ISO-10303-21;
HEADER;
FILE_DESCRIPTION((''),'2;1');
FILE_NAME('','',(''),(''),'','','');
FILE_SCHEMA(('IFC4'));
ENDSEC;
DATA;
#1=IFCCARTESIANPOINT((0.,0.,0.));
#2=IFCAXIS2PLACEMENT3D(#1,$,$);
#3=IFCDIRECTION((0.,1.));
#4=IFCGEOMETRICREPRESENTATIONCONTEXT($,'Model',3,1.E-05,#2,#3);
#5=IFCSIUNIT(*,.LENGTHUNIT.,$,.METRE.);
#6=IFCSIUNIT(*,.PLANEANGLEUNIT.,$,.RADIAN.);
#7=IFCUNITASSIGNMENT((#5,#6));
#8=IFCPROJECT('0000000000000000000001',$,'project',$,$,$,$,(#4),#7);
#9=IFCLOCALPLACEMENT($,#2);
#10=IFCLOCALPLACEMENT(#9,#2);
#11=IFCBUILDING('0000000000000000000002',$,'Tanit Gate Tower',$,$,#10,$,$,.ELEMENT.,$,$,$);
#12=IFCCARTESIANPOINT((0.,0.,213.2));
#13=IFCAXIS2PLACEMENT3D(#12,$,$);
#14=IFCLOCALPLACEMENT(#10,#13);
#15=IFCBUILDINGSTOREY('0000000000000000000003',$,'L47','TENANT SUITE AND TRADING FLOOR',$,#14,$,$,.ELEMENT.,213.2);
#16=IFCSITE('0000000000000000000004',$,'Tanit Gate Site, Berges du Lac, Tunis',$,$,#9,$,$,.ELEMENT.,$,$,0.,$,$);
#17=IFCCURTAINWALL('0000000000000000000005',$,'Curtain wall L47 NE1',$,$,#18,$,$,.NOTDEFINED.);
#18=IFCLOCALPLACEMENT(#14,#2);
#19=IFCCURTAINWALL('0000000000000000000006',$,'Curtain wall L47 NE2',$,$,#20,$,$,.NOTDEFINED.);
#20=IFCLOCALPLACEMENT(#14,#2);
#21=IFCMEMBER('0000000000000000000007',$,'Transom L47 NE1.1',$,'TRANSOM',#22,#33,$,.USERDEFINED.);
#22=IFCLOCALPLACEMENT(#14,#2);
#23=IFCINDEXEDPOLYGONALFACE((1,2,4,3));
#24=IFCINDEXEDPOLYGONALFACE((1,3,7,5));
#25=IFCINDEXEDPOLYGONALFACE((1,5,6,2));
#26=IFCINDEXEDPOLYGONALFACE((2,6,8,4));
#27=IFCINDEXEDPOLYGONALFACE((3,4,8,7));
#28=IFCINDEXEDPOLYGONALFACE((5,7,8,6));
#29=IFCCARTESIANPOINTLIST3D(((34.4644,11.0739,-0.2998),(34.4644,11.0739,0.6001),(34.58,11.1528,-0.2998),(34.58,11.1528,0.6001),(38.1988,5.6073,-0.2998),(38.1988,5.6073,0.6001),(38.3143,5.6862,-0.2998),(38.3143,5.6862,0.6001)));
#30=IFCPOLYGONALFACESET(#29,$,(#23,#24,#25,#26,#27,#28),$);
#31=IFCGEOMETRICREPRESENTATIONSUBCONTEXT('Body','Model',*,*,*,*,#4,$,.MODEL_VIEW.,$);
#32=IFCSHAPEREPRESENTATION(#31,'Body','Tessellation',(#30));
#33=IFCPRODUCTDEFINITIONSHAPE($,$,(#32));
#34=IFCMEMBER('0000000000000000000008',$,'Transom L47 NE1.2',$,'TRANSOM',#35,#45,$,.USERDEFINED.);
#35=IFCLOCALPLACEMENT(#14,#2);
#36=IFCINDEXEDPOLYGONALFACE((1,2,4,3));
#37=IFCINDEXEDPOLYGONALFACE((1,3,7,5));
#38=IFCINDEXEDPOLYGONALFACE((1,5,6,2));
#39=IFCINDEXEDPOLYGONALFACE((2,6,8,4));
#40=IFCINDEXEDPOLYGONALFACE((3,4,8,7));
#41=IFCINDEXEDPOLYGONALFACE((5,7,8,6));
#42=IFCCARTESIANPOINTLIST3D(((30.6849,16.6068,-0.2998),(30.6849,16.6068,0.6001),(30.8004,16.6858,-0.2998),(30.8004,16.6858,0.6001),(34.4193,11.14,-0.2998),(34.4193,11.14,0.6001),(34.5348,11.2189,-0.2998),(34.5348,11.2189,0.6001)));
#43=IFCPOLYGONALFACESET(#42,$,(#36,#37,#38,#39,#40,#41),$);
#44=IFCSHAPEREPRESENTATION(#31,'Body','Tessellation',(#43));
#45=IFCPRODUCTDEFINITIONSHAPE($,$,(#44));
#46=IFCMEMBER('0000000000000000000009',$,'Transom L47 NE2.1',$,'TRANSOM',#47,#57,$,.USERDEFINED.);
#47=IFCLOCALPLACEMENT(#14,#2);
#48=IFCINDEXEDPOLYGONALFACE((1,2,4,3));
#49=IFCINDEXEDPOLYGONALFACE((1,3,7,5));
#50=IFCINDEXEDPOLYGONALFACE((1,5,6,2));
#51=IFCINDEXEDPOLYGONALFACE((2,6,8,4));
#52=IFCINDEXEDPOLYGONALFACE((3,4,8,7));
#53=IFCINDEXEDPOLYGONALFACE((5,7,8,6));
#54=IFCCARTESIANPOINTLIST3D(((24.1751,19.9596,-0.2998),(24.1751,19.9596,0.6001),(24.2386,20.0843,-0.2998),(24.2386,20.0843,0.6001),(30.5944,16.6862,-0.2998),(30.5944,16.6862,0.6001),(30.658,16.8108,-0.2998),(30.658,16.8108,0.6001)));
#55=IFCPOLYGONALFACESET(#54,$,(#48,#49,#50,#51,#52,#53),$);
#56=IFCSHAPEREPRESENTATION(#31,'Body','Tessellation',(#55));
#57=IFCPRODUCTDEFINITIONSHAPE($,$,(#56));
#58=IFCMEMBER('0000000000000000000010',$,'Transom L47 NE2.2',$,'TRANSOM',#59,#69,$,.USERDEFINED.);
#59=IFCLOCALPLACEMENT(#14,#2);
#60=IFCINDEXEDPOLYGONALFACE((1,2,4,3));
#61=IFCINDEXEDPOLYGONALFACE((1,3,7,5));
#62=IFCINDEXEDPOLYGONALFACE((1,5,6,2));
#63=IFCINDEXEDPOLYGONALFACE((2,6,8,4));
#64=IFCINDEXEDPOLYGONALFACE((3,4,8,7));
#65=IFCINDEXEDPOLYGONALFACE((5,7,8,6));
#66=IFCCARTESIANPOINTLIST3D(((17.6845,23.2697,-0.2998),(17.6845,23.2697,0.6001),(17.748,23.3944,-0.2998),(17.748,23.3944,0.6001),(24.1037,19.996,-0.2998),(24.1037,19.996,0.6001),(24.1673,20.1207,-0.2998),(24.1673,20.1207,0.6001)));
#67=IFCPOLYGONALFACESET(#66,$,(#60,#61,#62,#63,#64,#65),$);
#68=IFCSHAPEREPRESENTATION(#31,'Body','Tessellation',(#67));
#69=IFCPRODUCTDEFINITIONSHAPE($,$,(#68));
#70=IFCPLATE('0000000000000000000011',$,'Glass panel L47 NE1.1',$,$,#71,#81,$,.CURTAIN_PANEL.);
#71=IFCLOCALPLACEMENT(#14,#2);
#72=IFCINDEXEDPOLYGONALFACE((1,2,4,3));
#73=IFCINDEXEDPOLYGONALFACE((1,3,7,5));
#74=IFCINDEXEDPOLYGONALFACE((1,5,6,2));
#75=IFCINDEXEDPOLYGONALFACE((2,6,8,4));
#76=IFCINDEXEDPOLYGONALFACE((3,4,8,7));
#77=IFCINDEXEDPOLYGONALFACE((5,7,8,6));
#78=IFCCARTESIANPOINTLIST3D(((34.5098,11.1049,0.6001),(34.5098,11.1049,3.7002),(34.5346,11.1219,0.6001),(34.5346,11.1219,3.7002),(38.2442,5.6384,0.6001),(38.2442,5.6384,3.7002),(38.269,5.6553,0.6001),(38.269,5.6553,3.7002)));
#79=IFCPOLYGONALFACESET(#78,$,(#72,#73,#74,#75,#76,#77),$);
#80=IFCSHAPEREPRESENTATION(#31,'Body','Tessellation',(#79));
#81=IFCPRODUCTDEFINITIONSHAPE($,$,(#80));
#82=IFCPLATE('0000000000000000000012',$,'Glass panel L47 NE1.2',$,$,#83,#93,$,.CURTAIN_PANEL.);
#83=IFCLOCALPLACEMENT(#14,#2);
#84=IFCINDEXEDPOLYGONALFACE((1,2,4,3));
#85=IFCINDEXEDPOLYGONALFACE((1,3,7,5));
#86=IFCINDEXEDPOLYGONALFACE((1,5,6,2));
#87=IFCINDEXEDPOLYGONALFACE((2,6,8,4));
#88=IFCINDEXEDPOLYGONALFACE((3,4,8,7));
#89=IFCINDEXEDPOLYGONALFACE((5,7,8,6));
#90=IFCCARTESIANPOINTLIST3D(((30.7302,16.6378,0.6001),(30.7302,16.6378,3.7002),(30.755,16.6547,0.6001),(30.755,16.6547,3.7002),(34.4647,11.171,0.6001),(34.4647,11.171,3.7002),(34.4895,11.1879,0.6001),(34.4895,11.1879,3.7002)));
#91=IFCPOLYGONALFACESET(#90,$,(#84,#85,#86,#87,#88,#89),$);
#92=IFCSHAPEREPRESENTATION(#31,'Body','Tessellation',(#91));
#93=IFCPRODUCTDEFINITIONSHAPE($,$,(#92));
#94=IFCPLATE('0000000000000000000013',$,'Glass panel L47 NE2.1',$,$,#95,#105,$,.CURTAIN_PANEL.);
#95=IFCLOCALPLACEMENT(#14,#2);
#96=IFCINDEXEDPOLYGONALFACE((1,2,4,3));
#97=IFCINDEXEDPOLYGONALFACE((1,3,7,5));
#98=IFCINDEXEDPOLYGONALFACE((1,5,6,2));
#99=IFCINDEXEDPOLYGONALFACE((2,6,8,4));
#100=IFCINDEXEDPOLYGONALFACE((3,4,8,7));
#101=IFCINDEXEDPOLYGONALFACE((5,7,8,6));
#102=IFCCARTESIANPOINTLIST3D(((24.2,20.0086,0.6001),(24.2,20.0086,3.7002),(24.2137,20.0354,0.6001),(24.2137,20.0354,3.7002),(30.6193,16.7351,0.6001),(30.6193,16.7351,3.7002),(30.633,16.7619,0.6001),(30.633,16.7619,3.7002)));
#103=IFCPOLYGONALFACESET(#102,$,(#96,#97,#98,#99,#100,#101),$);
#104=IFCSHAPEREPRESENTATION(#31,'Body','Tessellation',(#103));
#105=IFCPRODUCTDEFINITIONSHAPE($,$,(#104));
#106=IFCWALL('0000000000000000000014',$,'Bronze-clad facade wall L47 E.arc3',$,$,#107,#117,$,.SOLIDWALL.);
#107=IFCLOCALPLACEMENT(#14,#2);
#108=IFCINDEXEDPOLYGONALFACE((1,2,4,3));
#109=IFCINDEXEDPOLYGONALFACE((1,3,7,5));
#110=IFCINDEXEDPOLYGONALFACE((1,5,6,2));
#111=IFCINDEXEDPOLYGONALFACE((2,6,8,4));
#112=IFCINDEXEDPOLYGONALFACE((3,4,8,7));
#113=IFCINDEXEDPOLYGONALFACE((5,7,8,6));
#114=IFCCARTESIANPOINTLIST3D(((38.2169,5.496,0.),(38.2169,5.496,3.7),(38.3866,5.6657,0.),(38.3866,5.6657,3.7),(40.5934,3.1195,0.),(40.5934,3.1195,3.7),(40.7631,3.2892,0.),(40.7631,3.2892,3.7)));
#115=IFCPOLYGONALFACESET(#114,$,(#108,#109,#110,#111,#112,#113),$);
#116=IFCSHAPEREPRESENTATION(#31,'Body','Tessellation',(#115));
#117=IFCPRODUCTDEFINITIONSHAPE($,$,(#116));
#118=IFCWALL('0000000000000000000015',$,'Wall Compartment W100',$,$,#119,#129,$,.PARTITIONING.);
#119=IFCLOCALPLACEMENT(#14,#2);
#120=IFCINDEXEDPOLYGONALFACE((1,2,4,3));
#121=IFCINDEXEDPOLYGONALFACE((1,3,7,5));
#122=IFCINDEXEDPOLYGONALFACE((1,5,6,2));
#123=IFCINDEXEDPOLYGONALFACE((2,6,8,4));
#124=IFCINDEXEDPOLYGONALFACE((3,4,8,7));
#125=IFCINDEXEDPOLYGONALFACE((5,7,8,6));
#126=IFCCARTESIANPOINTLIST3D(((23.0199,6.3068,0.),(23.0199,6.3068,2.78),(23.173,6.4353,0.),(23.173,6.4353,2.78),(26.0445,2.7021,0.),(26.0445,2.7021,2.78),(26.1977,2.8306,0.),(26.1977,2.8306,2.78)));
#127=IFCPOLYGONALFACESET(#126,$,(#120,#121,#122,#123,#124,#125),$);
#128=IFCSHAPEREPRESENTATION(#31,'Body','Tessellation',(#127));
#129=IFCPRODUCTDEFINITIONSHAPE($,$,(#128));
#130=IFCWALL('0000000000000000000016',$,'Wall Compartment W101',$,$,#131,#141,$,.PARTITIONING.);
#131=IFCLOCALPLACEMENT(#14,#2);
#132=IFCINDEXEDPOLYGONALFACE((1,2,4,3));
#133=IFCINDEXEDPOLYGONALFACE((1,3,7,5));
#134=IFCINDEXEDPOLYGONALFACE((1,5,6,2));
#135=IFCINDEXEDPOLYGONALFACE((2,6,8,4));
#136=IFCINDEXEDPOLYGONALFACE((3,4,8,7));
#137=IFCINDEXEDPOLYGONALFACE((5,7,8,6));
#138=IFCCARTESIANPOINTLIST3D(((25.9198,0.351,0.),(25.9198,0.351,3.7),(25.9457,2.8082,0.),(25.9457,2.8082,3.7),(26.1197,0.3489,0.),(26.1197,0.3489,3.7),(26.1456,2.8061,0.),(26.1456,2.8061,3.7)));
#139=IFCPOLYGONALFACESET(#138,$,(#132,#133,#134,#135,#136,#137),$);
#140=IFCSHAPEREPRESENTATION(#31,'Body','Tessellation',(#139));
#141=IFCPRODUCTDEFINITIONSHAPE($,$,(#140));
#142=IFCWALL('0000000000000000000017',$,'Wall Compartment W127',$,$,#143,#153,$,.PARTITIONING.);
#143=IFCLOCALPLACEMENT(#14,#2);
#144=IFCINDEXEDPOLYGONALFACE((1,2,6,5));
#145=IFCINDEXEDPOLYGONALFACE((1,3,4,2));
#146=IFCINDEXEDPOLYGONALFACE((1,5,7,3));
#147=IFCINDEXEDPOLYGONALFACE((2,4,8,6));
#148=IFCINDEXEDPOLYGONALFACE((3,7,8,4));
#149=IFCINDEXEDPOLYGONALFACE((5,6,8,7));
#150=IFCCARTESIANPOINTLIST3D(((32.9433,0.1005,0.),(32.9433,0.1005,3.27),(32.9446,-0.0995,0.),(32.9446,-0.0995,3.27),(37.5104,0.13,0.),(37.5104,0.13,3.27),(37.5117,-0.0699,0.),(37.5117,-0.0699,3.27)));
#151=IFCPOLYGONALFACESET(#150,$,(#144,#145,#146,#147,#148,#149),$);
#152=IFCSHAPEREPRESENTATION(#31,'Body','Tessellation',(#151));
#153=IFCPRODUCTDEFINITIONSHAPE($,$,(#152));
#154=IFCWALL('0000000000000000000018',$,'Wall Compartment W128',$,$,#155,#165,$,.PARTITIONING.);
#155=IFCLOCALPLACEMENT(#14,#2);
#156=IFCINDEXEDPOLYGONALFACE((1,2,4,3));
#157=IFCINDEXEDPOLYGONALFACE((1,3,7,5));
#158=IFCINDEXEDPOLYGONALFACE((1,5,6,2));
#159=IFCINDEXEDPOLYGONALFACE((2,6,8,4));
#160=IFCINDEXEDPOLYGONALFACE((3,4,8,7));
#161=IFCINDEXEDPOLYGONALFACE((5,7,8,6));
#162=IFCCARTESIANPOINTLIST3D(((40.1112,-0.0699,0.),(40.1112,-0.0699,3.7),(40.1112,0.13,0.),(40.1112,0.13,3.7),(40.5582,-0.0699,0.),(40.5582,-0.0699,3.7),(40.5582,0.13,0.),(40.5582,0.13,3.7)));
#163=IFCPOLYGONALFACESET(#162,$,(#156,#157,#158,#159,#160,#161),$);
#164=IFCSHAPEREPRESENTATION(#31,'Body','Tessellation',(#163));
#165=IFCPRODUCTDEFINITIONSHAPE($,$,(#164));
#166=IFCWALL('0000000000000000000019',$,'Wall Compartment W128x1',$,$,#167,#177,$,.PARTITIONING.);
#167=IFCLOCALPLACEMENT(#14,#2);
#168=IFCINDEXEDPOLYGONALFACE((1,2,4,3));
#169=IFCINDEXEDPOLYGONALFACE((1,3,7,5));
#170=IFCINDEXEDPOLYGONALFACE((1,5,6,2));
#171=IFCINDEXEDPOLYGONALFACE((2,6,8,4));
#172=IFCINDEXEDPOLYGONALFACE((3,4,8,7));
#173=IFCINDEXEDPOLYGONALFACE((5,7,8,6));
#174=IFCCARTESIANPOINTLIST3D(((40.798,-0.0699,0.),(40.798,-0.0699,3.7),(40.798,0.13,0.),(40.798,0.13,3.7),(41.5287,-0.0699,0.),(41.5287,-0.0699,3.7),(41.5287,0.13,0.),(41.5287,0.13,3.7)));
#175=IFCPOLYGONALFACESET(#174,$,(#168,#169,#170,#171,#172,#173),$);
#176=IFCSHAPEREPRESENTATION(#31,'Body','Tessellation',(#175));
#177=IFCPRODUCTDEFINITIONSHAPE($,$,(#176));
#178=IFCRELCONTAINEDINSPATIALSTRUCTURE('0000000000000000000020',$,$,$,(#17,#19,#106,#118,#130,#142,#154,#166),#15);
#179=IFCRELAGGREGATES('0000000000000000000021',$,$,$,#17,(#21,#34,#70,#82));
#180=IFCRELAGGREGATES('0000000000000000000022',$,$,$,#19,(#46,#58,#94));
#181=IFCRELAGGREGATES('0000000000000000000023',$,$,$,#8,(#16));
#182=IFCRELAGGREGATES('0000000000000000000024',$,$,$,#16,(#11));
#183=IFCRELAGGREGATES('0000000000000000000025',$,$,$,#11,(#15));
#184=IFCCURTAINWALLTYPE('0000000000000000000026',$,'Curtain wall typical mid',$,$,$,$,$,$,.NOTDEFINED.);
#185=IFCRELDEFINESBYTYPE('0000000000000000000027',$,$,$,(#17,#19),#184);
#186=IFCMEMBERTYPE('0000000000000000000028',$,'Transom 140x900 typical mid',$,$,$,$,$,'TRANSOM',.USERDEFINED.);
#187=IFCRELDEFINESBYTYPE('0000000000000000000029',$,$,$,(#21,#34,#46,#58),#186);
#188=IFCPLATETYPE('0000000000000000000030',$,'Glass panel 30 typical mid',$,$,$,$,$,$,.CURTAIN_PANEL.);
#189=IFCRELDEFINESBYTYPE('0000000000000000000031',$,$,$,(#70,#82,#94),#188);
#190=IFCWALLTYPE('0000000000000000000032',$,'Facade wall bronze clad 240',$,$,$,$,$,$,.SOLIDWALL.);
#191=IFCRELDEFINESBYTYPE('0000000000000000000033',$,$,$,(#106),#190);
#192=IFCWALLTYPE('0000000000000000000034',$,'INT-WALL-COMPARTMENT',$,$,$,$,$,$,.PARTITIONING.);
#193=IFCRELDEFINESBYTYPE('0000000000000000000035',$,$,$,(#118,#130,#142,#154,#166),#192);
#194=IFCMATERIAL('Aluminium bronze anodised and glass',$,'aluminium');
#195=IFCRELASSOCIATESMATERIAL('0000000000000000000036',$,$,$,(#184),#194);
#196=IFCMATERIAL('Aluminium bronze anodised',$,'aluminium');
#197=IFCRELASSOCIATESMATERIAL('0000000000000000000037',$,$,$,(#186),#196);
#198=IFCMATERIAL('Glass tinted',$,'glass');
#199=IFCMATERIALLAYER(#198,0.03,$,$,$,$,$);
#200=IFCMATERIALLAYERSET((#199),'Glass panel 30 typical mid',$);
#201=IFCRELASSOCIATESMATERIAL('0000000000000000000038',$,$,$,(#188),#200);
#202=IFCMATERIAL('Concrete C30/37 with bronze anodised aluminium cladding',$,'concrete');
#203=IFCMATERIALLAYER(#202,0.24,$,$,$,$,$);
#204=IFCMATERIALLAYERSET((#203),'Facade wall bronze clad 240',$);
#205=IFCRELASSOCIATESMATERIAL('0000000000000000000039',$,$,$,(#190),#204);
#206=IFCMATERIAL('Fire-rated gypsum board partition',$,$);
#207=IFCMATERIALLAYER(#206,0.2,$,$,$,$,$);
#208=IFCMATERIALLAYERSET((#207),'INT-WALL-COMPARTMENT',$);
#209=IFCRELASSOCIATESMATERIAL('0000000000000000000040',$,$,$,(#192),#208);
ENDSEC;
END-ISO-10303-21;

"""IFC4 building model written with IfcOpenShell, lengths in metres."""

from ifc_helpers import new_model, si_unit, direction, frame, frame_2d, origin, origin_2d, place, context, subcontext, project, spatial, rectangle, extrude, material, layer, layer_set, material_profile, profile_set, type_object, element, aggregate, save


model = new_model("IFC4")

# Units and contexts
model_context = context("Model", 3, precision=1e-05, world=origin(), true_north=direction((0.0, 1.0)))
body_context = subcontext(model_context, "Body", "Model", "MODEL_VIEW")
ifc_project = project(units=[si_unit("LENGTHUNIT", "METRE"), si_unit("PLANEANGLEUNIT", "RADIAN")], contexts=[model_context])

# Site, building, storey
site_placement = place(None, origin())
site = spatial("IfcSite", under=ifc_project, at=site_placement, Name="Tanit Gate Site, Berges du Lac, Tunis", CompositionType="ELEMENT", RefElevation=0.0)
building_placement = place(site_placement, origin())
building = spatial("IfcBuilding", under=site, at=building_placement, Name="Tanit Gate Tower", CompositionType="ELEMENT")
storey_placement = place(building_placement, frame((0.0, 0.0, 213.2)))
storey = spatial("IfcBuildingStorey", under=building, at=storey_placement, Name="L47", Description="TENANT SUITE AND TRADING FLOOR", CompositionType="ELEMENT", Elevation=213.2)

# Curtain walls
ifc_material_1 = material(Name="Aluminium bronze anodised and glass", Category="aluminium")
curtain_wall_type = type_object("IfcCurtainWallType", Name="Curtain wall typical mid", PredefinedType="NOTDEFINED", material=ifc_material_1)
curtain_wall_1_placement = place(storey_placement, origin())
curtain_wall_1 = element("IfcCurtainWall", 1, at=curtain_wall_1_placement, inside=storey, type_object=curtain_wall_type, Name="Curtain wall L47 NE1", PredefinedType="NOTDEFINED")
curtain_wall_2_placement = place(storey_placement, origin())
curtain_wall_2 = element("IfcCurtainWall", 2, at=curtain_wall_2_placement, inside=storey, type_object=curtain_wall_type, Name="Curtain wall L47 NE2", PredefinedType="NOTDEFINED")

# Members
ifc_material_2 = material(Name="Aluminium bronze anodised", Category="aluminium")
ifc_material_profile_1 = material_profile(ifc_material_2, rectangle(XDim=0.1399, YDim=0.8999, at=origin_2d()), Name="140x900 bronze transom")
ifc_profile_set_1 = profile_set([ifc_material_profile_1], Name="Aluminium bronze anodised")
member_type_1 = type_object("IfcMemberType", Name="Transom 140x900 typical mid", ElementType="TRANSOM", PredefinedType="USERDEFINED", material=ifc_profile_set_1)
member_1_placement = place(storey_placement, frame((38.2566, 5.6467, 0.1501), z_axis=(-0.564077, 0.825722, 0.0), x_axis=(-0.825722, -0.564077, 0.0)))
member_1 = element("IfcMember", 3, at=member_1_placement, type_object=member_type_1, Name="Transom L47 NE1.1", ObjectType="TRANSOM", PredefinedType="USERDEFINED", context=body_context, shape_type="SweptSolid", body=[
    extrude(rectangle(XDim=0.1399, YDim=0.8999, at=origin_2d()), origin(), (0.0, 0.0, 1.0), 6.6204),
])
member_2_placement = place(storey_placement, frame((34.4771, 11.1794, 0.1501), z_axis=(-0.56406, 0.825734, 0.0), x_axis=(-0.825734, -0.56406, 0.0)))
member_2 = element("IfcMember", 4, at=member_2_placement, type_object=member_type_1, Name="Transom L47 NE1.2", ObjectType="TRANSOM", PredefinedType="USERDEFINED", context=body_context, shape_type="SweptSolid", body=[
    extrude(rectangle(XDim=0.1399, YDim=0.8999, at=origin_2d()), origin(), (0.0, 0.0, 1.0), 6.6206),
])
member_3_placement = place(storey_placement, frame((30.6262, 16.7485, 0.1501), z_axis=(-0.890862, 0.454274, 0.0), x_axis=(-0.454274, -0.890862, 0.0)))
member_3 = element("IfcMember", 5, at=member_3_placement, type_object=member_type_1, Name="Transom L47 NE2.1", ObjectType="TRANSOM", PredefinedType="USERDEFINED", context=body_context, shape_type="SweptSolid", body=[
    extrude(rectangle(XDim=0.1399, YDim=0.8999, at=origin_2d()), origin(), (0.0, 0.0, 1.0), 7.2058),
])
member_4_placement = place(storey_placement, frame((24.1355, 20.0583, 0.1501), z_axis=(-0.890841, 0.454315, 0.0), x_axis=(-0.454315, -0.890841, 0.0)))
member_4 = element("IfcMember", 6, at=member_4_placement, type_object=member_type_1, Name="Transom L47 NE2.2", ObjectType="TRANSOM", PredefinedType="USERDEFINED", context=body_context, shape_type="SweptSolid", body=[
    extrude(rectangle(XDim=0.1399, YDim=0.8999, at=origin_2d()), origin(), (0.0, 0.0, 1.0), 7.2058),
])

# Plates
ifc_material_3 = material(Name="Glass tinted", Category="glass")
ifc_layer_1 = layer(ifc_material_3, 0.03)
ifc_layer_set_1 = layer_set([ifc_layer_1], Name="Glass panel 30 typical mid")
plate_type = type_object("IfcPlateType", Name="Glass panel 30 typical mid", PredefinedType="CURTAIN_PANEL", material=ifc_layer_set_1)
plate_1_placement = place(storey_placement, frame((36.3894, 8.3801, 0.6001), z_axis=(0.0, 0.0, 1.0), x_axis=(-0.564078, 0.825722, 0.0)))
plate_1 = element("IfcPlate", 7, at=plate_1_placement, type_object=plate_type, Name="Glass panel L47 NE1.1", PredefinedType="CURTAIN_PANEL", context=body_context, shape_type="SweptSolid", body=[
    extrude(rectangle(XDim=6.6204, YDim=0.03, at=origin_2d()), origin(), (0.0, 0.0, 1.0), 3.1001),
])
plate_2_placement = place(storey_placement, frame((32.6099, 13.9128, 0.6001), z_axis=(0.0, 0.0, 1.0), x_axis=(-0.564078, 0.825722, 0.0)))
plate_2 = element("IfcPlate", 8, at=plate_2_placement, type_object=plate_type, Name="Glass panel L47 NE1.2", PredefinedType="CURTAIN_PANEL", context=body_context, shape_type="SweptSolid", body=[
    extrude(rectangle(XDim=6.6206, YDim=0.03, at=origin_2d()), origin(), (0.0, 0.0, 1.0), 3.1001),
])
aggregate(curtain_wall_1, [member_1, member_2, plate_1, plate_2])
plate_3_placement = place(storey_placement, frame((27.4165, 18.3853, 0.6001), z_axis=(0.0, 0.0, 1.0), x_axis=(-0.890855, 0.454288, 0.0)))
plate_3 = element("IfcPlate", 9, at=plate_3_placement, type_object=plate_type, Name="Glass panel L47 NE2.1", PredefinedType="CURTAIN_PANEL", context=body_context, shape_type="SweptSolid", body=[
    extrude(rectangle(XDim=7.2058, YDim=0.03, at=origin_2d()), origin(), (0.0, 0.0, 1.0), 3.1001),
])
aggregate(curtain_wall_2, [member_3, member_4, plate_3])

# Walls
ifc_material_4 = material(Name="Concrete C30/37 with bronze anodised aluminium cladding", Category="concrete")
ifc_layer_2 = layer(ifc_material_4, 0.24)
ifc_layer_set_2 = layer_set([ifc_layer_2], Name="Facade wall bronze clad 240")
wall_type_1 = type_object("IfcWallType", Name="Facade wall bronze clad 240", PredefinedType="SOLIDWALL", material=ifc_layer_set_2)
wall_1_placement = place(storey_placement, frame((40.6782, 3.2043, 0.0), z_axis=(0.0, 0.0, 1.0), x_axis=(-0.707107, 0.707107, 0.0)))
element("IfcWall", 10, at=wall_1_placement, inside=storey, type_object=wall_type_1, Name="Bronze-clad facade wall L47 E.arc3", PredefinedType="SOLIDWALL", context=body_context, shape_type="SweptSolid", body=[
    extrude(rectangle(XDim=3.3608, YDim=0.24, at=frame_2d((1.6804, 0.0))), origin(), (0.0, 0.0, 1.0), 3.7),
])
ifc_material_5 = material(Name="Fire-rated gypsum board partition")
ifc_layer_3 = layer(ifc_material_5, 0.2)
ifc_layer_set_3 = layer_set([ifc_layer_3], Name="INT-WALL-COMPARTMENT")
wall_type_2 = type_object("IfcWallType", Name="INT-WALL-COMPARTMENT", PredefinedType="PARTITIONING", material=ifc_layer_set_3)
wall_2_placement = place(storey_placement, frame((26.1211, 2.7664, 0.0), z_axis=(0.0, 0.0, 1.0), x_axis=(-0.642778, 0.766052, 0.0)))
element("IfcWall", 11, at=wall_2_placement, inside=storey, type_object=wall_type_2, Name="Wall Compartment W100", PredefinedType="PARTITIONING", context=body_context, shape_type="SweptSolid", body=[
    extrude(rectangle(XDim=4.7056, YDim=0.2, at=frame_2d((2.3528, 0.0))), origin(), (0.0, 0.0, 1.0), 2.78),
])
wall_3_placement = place(storey_placement, frame((26.0198, 0.3501, 0.0), z_axis=(0.0, 0.0, 1.0), x_axis=(0.010532, 0.999945, 0.0)))
element("IfcWall", 12, at=wall_3_placement, inside=storey, type_object=wall_type_2, Name="Wall Compartment W101", PredefinedType="PARTITIONING", context=body_context, shape_type="SweptSolid", body=[
    extrude(rectangle(XDim=2.4573, YDim=0.2, at=frame_2d((1.2285, 0.0))), origin(), (0.0, 0.0, 1.0), 3.7),
])
wall_4_placement = place(storey_placement, frame((32.9438, 0.0005, 0.0), z_axis=(0.0, 0.0, 1.0), x_axis=(0.999979, 0.006468, 0.0)))
element("IfcWall", 13, at=wall_4_placement, inside=storey, type_object=wall_type_2, Name="Wall Compartment W127", PredefinedType="PARTITIONING", context=body_context, shape_type="SweptSolid", body=[
    extrude(rectangle(XDim=4.5671, YDim=0.2, at=frame_2d((2.2837, 0.0))), origin(), (0.0, 0.0, 1.0), 3.27),
])
wall_5_placement = place(storey_placement, frame((40.1111, 0.03, 0.0), z_axis=(0.0, 0.0, 1.0), x_axis=(1.0, 0.0, 0.0)))
element("IfcWall", 14, at=wall_5_placement, inside=storey, type_object=wall_type_2, Name="Wall Compartment W128", PredefinedType="PARTITIONING", context=body_context, shape_type="SweptSolid", body=[
    extrude(rectangle(XDim=0.447, YDim=0.2, at=frame_2d((0.2236, 0.0))), origin(), (0.0, 0.0, 1.0), 3.7),
])
wall_6_placement = place(storey_placement, frame((40.7981, 0.03, 0.0), z_axis=(0.0, 0.0, 1.0), x_axis=(1.0, 0.0, 0.0)))
element("IfcWall", 15, at=wall_6_placement, inside=storey, type_object=wall_type_2, Name="Wall Compartment W128x1", PredefinedType="PARTITIONING", context=body_context, shape_type="SweptSolid", body=[
    extrude(rectangle(XDim=0.7307, YDim=0.2, at=frame_2d((0.3652, 0.0))), origin(), (0.0, 0.0, 1.0), 3.7),
])

save(model, "model.ifc")
